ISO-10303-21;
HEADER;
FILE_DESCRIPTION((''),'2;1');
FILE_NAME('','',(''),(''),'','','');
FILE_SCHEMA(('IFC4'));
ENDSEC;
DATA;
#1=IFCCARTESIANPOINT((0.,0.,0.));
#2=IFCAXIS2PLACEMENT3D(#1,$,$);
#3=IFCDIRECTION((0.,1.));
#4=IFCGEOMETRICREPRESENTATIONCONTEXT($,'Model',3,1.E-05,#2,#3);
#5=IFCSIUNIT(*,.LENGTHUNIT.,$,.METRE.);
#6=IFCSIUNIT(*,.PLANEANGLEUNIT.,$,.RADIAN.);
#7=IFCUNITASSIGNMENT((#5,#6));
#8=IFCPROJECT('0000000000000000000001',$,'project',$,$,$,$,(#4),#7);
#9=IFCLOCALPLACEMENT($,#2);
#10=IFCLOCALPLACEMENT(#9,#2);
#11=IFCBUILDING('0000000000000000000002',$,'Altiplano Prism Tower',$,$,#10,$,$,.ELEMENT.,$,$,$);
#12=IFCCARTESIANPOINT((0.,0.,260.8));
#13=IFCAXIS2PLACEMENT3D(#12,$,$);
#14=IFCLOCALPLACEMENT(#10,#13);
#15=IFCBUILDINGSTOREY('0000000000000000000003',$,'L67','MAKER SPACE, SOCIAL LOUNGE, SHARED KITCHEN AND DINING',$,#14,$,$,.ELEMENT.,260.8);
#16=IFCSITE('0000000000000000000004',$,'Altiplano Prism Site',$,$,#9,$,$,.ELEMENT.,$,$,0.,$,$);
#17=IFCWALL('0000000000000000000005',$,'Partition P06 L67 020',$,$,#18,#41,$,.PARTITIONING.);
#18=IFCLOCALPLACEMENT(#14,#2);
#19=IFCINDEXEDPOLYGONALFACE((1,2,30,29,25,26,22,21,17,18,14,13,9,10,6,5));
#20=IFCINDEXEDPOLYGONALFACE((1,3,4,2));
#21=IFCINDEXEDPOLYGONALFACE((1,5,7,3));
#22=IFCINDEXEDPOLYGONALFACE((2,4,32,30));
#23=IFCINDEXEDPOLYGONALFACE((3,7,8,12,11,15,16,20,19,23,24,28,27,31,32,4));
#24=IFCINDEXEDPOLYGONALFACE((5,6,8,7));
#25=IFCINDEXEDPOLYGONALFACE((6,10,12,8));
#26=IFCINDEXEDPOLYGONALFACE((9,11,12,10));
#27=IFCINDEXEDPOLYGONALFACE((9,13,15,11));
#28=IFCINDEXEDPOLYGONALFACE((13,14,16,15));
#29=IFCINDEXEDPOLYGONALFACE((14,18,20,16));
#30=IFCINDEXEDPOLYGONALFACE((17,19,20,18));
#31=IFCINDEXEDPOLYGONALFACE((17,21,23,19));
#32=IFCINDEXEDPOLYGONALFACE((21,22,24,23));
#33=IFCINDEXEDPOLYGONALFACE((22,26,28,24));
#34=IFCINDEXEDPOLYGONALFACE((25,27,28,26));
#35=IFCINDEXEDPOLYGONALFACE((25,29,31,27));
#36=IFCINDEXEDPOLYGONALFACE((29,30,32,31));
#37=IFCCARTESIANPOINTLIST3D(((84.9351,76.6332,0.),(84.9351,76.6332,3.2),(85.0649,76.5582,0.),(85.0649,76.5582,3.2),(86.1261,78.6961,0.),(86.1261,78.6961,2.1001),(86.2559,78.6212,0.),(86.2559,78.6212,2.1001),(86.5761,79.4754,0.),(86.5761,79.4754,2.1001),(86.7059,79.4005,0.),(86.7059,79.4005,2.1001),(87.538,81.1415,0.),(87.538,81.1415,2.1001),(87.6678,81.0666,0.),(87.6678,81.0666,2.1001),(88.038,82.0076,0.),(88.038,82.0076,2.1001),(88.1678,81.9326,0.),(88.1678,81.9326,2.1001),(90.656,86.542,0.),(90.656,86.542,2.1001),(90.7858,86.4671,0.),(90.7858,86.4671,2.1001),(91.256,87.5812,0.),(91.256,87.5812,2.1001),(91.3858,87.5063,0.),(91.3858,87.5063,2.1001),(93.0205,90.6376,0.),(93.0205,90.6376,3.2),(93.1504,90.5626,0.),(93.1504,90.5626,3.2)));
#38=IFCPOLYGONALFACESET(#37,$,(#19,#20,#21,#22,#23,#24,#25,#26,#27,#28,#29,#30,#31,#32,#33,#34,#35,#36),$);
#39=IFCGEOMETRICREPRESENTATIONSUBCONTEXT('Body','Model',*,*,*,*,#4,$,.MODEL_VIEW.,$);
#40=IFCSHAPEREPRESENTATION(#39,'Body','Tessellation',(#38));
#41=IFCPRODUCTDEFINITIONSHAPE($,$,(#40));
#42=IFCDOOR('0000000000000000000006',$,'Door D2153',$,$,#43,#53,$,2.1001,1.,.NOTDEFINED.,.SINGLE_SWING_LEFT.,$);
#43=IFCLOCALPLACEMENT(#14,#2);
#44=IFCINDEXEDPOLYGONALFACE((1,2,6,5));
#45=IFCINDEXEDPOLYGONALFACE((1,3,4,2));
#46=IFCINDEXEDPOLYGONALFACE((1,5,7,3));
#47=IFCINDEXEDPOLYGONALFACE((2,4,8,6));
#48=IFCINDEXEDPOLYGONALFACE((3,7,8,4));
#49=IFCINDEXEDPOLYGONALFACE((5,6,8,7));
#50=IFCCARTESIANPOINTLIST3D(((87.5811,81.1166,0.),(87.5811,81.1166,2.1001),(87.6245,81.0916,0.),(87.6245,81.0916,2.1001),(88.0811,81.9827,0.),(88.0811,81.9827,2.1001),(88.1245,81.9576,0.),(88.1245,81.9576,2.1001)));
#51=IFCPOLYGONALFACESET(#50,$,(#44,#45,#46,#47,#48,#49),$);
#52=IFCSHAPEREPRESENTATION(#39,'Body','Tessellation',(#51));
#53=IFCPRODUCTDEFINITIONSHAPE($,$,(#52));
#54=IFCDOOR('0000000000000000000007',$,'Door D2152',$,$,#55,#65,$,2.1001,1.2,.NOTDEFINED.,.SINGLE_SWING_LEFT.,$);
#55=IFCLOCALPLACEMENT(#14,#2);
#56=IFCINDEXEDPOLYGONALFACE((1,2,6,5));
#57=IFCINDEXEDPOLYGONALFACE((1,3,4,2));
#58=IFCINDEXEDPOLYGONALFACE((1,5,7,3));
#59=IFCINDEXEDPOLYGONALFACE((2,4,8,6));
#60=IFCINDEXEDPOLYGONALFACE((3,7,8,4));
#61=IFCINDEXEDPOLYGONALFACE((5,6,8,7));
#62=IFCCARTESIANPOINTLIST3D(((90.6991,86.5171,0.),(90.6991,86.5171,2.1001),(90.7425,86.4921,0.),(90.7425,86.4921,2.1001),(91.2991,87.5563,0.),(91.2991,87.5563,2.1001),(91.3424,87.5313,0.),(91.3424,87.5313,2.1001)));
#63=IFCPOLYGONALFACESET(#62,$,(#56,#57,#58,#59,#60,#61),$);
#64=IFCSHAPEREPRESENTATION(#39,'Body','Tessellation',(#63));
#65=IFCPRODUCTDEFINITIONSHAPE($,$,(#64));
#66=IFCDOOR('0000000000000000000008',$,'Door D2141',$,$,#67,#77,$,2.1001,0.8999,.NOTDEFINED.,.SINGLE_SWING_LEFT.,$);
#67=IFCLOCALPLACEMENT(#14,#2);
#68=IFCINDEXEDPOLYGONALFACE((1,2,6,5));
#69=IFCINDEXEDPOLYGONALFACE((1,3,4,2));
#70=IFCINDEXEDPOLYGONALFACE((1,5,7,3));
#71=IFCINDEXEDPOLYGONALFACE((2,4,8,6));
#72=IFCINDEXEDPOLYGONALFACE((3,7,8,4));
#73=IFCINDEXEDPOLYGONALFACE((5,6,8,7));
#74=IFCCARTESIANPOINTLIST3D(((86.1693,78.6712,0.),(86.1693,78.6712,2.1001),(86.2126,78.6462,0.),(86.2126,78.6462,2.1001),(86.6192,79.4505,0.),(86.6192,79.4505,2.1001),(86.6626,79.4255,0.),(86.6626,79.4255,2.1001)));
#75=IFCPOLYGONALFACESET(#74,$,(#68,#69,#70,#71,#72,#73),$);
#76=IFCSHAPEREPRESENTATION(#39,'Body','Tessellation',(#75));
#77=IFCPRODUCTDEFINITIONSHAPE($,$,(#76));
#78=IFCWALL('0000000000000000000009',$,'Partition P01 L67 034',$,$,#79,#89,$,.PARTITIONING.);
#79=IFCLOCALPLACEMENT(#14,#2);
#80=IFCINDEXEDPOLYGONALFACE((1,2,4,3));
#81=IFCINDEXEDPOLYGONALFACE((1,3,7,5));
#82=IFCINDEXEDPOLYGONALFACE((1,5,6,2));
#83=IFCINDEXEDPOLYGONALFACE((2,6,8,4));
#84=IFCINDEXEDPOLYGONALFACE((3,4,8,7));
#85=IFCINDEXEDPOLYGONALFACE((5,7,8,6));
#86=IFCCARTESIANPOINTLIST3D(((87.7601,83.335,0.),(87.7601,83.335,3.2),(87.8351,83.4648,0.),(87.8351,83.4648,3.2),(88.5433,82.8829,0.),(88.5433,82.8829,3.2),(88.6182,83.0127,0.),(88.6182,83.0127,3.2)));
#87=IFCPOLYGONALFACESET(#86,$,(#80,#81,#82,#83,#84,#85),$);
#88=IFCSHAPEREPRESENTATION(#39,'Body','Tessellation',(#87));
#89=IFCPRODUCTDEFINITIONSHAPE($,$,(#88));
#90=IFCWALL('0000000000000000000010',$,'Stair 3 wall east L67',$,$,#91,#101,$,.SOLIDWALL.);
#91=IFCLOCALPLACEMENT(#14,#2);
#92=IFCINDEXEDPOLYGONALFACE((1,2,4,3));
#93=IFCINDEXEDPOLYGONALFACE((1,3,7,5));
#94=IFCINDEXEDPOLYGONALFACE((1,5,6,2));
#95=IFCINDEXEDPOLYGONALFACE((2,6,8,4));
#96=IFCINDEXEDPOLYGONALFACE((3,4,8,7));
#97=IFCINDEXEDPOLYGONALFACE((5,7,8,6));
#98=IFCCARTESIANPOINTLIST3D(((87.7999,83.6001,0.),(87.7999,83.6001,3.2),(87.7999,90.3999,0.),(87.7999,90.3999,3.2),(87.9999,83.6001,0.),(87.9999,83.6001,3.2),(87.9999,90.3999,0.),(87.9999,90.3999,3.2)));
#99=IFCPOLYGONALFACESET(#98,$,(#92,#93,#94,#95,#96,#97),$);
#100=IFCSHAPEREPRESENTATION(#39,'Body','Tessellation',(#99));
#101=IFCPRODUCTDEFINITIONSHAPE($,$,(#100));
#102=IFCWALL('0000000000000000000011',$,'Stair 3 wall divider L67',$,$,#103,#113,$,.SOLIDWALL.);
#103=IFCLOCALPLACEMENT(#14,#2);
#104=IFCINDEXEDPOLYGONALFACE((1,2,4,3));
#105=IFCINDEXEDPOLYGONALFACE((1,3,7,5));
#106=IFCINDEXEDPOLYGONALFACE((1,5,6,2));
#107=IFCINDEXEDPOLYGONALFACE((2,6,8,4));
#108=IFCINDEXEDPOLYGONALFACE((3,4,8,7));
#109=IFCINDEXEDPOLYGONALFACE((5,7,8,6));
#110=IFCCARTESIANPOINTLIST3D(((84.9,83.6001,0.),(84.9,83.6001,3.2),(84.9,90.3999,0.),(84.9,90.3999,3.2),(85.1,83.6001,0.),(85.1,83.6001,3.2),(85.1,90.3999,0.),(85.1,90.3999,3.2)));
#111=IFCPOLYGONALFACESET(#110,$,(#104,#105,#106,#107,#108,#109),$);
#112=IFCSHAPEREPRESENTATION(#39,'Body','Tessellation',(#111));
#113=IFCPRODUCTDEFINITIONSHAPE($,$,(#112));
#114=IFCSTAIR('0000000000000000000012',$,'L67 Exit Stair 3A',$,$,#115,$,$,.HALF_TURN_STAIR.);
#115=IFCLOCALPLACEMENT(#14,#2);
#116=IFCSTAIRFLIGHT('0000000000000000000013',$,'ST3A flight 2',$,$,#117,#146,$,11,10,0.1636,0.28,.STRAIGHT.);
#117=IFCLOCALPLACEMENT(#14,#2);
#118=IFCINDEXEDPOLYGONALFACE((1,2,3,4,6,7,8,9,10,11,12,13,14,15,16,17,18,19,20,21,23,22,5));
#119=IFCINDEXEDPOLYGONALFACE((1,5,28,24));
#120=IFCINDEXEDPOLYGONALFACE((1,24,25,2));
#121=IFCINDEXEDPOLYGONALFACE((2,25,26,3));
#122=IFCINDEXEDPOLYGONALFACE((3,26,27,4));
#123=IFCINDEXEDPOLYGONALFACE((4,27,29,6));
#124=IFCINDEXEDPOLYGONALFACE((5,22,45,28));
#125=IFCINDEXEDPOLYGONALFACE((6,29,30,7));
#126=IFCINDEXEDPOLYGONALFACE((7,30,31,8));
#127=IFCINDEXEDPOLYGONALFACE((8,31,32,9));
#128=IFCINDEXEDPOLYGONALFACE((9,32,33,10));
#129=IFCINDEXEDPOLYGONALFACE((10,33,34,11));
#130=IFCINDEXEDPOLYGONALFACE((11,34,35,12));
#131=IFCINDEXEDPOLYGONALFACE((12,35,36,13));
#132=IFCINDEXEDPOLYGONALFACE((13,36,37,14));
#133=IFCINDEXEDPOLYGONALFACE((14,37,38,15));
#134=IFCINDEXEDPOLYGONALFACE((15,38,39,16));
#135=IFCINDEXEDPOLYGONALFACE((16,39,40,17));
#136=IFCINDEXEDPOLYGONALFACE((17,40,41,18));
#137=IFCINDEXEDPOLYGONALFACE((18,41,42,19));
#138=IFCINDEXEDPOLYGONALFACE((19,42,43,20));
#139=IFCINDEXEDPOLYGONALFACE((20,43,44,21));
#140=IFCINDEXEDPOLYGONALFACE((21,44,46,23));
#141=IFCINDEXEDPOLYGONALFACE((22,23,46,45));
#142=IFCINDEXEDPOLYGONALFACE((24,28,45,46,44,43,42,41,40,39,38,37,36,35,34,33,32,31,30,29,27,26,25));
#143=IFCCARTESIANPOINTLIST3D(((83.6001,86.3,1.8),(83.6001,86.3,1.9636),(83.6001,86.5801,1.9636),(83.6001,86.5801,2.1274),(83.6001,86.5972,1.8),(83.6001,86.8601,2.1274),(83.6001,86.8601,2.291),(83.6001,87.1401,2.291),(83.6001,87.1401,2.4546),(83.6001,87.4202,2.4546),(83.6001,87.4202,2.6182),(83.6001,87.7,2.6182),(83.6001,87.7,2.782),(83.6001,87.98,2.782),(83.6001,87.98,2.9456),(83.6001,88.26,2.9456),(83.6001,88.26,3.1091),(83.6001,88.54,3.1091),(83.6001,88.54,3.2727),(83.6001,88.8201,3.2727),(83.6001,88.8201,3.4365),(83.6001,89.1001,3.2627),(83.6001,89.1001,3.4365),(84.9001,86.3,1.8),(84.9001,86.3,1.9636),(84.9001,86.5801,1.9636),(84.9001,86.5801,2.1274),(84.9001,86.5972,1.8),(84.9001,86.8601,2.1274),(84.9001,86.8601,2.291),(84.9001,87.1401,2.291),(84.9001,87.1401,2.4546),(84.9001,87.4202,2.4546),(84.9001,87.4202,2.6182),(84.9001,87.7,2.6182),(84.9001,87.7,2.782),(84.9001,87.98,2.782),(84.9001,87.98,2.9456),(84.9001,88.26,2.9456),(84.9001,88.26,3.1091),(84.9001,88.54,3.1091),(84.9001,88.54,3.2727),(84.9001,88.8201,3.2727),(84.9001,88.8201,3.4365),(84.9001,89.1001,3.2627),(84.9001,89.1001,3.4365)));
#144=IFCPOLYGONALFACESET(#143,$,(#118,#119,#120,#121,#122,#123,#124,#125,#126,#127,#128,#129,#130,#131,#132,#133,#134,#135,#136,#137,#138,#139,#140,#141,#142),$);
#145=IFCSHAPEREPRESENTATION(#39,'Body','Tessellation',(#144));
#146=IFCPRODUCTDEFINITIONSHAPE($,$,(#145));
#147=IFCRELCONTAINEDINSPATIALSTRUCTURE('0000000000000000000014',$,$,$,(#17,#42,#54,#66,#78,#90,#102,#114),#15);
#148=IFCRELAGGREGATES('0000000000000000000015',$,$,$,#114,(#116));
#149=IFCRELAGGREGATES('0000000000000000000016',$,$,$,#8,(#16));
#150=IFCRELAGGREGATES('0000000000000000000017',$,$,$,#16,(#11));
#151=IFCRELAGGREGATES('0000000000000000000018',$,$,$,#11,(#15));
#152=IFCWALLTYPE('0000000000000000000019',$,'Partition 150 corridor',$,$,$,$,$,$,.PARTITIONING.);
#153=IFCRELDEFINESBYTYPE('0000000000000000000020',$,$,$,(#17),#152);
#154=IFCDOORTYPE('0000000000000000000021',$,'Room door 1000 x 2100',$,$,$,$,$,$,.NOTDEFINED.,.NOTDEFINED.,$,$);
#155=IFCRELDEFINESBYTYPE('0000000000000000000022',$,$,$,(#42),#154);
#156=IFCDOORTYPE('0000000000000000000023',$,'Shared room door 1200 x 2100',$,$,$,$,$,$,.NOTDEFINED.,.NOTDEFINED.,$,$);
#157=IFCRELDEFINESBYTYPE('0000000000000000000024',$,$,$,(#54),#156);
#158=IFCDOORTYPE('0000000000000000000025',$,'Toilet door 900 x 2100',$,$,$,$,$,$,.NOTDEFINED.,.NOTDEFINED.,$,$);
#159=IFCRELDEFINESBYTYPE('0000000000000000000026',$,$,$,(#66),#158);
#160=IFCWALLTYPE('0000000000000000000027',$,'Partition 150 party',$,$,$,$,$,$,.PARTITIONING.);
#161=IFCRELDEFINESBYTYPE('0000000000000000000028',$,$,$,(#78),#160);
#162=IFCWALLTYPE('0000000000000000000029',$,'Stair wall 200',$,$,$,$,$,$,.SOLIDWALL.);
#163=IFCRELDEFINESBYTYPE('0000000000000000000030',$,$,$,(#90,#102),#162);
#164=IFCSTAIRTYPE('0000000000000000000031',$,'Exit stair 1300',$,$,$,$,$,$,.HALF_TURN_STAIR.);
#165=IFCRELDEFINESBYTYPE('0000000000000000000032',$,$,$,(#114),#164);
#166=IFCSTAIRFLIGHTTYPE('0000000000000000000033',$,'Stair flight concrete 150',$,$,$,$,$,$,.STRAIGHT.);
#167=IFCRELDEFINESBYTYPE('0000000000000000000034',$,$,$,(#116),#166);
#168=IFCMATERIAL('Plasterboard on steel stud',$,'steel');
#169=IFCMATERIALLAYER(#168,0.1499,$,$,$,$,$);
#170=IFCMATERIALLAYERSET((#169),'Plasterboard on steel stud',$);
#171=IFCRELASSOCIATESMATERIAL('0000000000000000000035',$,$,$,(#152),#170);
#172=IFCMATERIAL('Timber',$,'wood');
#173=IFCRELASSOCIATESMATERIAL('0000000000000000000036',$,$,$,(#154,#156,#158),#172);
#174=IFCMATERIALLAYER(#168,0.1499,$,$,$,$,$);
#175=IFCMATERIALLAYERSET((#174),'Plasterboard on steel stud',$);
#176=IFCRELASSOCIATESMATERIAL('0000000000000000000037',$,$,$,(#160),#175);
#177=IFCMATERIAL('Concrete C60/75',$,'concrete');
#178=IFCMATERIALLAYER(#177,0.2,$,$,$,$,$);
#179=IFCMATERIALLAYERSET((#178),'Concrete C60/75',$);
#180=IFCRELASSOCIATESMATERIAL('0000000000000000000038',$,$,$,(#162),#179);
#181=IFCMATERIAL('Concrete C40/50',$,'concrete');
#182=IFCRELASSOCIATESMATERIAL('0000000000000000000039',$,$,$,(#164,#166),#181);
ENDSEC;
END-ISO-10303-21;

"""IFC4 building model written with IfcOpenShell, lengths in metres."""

from ifc_helpers import new_model, si_unit, direction, frame, frame_2d, origin, place, context, subcontext, project, spatial, polyline, rectangle, outline, extrude, material, layer, layer_set, type_object, element, fill, aggregate, save


model = new_model("IFC4")

# Units and contexts
model_context = context("Model", 3, precision=1e-05, world=origin(), true_north=direction((0.0, 1.0)))
body_context = subcontext(model_context, "Body", "Model", "MODEL_VIEW")
ifc_project = project(units=[si_unit("LENGTHUNIT", "METRE"), si_unit("PLANEANGLEUNIT", "RADIAN")], contexts=[model_context])

# Site, building, storey
site_placement = place(None, origin())
site = spatial("IfcSite", under=ifc_project, at=site_placement, Name="Altiplano Prism Site", CompositionType="ELEMENT", RefElevation=0.0)
building_placement = place(site_placement, origin())
building = spatial("IfcBuilding", under=site, at=building_placement, Name="Altiplano Prism Tower", CompositionType="ELEMENT")
storey_placement = place(building_placement, frame((0.0, 0.0, 260.8)))
storey = spatial("IfcBuildingStorey", under=building, at=storey_placement, Name="L67", Description="MAKER SPACE, SOCIAL LOUNGE, SHARED KITCHEN AND DINING", CompositionType="ELEMENT", Elevation=260.8)

# Shared definitions
ifc_material_1 = material(Name="Concrete C60/75", Category="concrete")

# Shared definitions
ifc_material_2 = material(Name="Plasterboard on steel stud", Category="steel")
ifc_layer_1 = layer(ifc_material_2, 0.1499)
ifc_layer_set_1 = layer_set([ifc_layer_1], Name="Plasterboard on steel stud")
wall_type_1 = type_object("IfcWallType", Name="Partition 150 corridor", PredefinedType="PARTITIONING", material=ifc_layer_set_1)

# Wall, openings, doors
wall_1_placement = place(storey_placement, frame((93.0854, 90.6001, 0.0), z_axis=(0.0, 0.0, 1.0), x_axis=(-0.5, -0.866025, 0.0)))
wall_1 = element("IfcWall", 1, at=wall_1_placement, inside=storey, type_object=wall_type_1, Name="Partition P06 L67 020", PredefinedType="PARTITIONING", context=body_context, shape_type="SweptSolid", body=[
    extrude(rectangle(XDim=16.1709, YDim=0.1499, at=frame_2d((8.0854, 0.0))), origin(), (0.0, 0.0, 1.0), 3.2),
])
opening_1_placement = place(wall_1_placement, frame((12.8889, 0.0, 0.0)))
opening_1 = element("IfcOpeningElement", 2, at=opening_1_placement, cuts=wall_1, PredefinedType="OPENING", context=body_context, shape_type="SweptSolid", body=[
    extrude(rectangle(XDim=0.8999, YDim=2.1001, at=frame_2d((0.45, 1.05))), frame((0.0, 0.0854, 0.0), z_axis=(0.0, -1.0, 0.0), x_axis=(1.0, 0.0, 0.0)), (0.0, 0.0, 1.0), 0.1709),
])
opening_2_placement = place(wall_1_placement, frame((3.5291, 0.0, 0.0)))
opening_2 = element("IfcOpeningElement", 3, at=opening_2_placement, cuts=wall_1, PredefinedType="OPENING", context=body_context, shape_type="SweptSolid", body=[
    extrude(rectangle(XDim=1.2, YDim=2.1001, at=frame_2d((0.6001, 1.05))), frame((0.0, 0.0854, 0.0), z_axis=(0.0, -1.0, 0.0), x_axis=(1.0, 0.0, 0.0)), (0.0, 0.0, 1.0), 0.1709),
])
opening_3_placement = place(wall_1_placement, frame((9.9651, 0.0, 0.0)))
opening_3 = element("IfcOpeningElement", 4, at=opening_3_placement, cuts=wall_1, PredefinedType="OPENING", context=body_context, shape_type="SweptSolid", body=[
    extrude(rectangle(XDim=1.0, YDim=2.1001, at=frame_2d((0.5, 1.05))), frame((0.0, 0.0854, 0.0), z_axis=(0.0, -1.0, 0.0), x_axis=(1.0, 0.0, 0.0)), (0.0, 0.0, 1.0), 0.1709),
])
ifc_material_3 = material(Name="Timber", Category="wood")
door_type_1 = type_object("IfcDoorType", Name="Room door 1000 x 2100", OperationType="NOTDEFINED", PredefinedType="NOTDEFINED", material=ifc_material_3)
door_1_placement = place(opening_3_placement, origin())
door_1 = element("IfcDoor", 5, at=door_1_placement, inside=storey, type_object=door_type_1, Name="Door D2153", OperationType="SINGLE_SWING_LEFT", OverallHeight=2.1001, OverallWidth=1.0, PredefinedType="NOTDEFINED", context=body_context, shape_type="SweptSolid", body=[
    extrude(rectangle(XDim=1.0, YDim=2.1001, at=frame_2d((0.5, 1.05))), frame((0.0, 0.0249, 0.0), z_axis=(0.0, -1.0, 0.0), x_axis=(1.0, 0.0, 0.0)), (0.0, 0.0, 1.0), 0.05),
])
fill(opening_3, door_1)
door_type_2 = type_object("IfcDoorType", Name="Shared room door 1200 x 2100", OperationType="NOTDEFINED", PredefinedType="NOTDEFINED", material=ifc_material_3)
door_2_placement = place(opening_2_placement, origin())
door_2 = element("IfcDoor", 6, at=door_2_placement, inside=storey, type_object=door_type_2, Name="Door D2152", OperationType="SINGLE_SWING_LEFT", OverallHeight=2.1001, OverallWidth=1.2, PredefinedType="NOTDEFINED", context=body_context, shape_type="SweptSolid", body=[
    extrude(rectangle(XDim=1.2, YDim=2.1001, at=frame_2d((0.6001, 1.05))), frame((0.0, 0.0249, 0.0), z_axis=(0.0, -1.0, 0.0), x_axis=(1.0, 0.0, 0.0)), (0.0, 0.0, 1.0), 0.05),
])
fill(opening_2, door_2)
door_type_3 = type_object("IfcDoorType", Name="Toilet door 900 x 2100", OperationType="NOTDEFINED", PredefinedType="NOTDEFINED", material=ifc_material_3)
door_3_placement = place(opening_1_placement, origin())
door_3 = element("IfcDoor", 7, at=door_3_placement, inside=storey, type_object=door_type_3, Name="Door D2141", OperationType="SINGLE_SWING_LEFT", OverallHeight=2.1001, OverallWidth=0.8999, PredefinedType="NOTDEFINED", context=body_context, shape_type="SweptSolid", body=[
    extrude(rectangle(XDim=0.8999, YDim=2.1001, at=frame_2d((0.45, 1.05))), frame((0.0, 0.0249, 0.0), z_axis=(0.0, -1.0, 0.0), x_axis=(1.0, 0.0, 0.0)), (0.0, 0.0, 1.0), 0.05),
])
fill(opening_1, door_3)

# Walls
ifc_layer_2 = layer(ifc_material_2, 0.1499)
ifc_layer_set_2 = layer_set([ifc_layer_2], Name="Plasterboard on steel stud")
wall_type_2 = type_object("IfcWallType", Name="Partition 150 party", PredefinedType="PARTITIONING", material=ifc_layer_set_2)
wall_2_placement = place(storey_placement, frame((87.7976, 83.3999, 0.0), z_axis=(0.0, 0.0, 1.0), x_axis=(0.866042, -0.499972, 0.0)))
element("IfcWall", 8, at=wall_2_placement, inside=storey, type_object=wall_type_2, Name="Partition P01 L67 034", PredefinedType="PARTITIONING", context=body_context, shape_type="SweptSolid", body=[
    extrude(rectangle(XDim=0.9043, YDim=0.1499, at=frame_2d((0.4521, 0.0))), origin(), (0.0, 0.0, 1.0), 3.2),
])
ifc_layer_3 = layer(ifc_material_1, 0.2)
ifc_layer_set_3 = layer_set([ifc_layer_3], Name="Concrete C60/75")
wall_type_3 = type_object("IfcWallType", Name="Stair wall 200", PredefinedType="SOLIDWALL", material=ifc_layer_set_3)
for number, where, z_axis, x_axis, name in (
    (9, (87.8999, 83.6001, 0.0), (0.0, 0.0, 1.0), (0.0, 1.0, 0.0), "Stair 3 wall east L67"),
    (10, (85.0, 83.6001, 0.0), (0.0, 0.0, 1.0), (0.0, 1.0, 0.0), "Stair 3 wall divider L67"),
):
    element("IfcWall", number, at=place(storey_placement, frame(where, z_axis=z_axis, x_axis=x_axis)), inside=storey, type_object=wall_type_3, Name=name, PredefinedType="SOLIDWALL", context=body_context, shape_type="SweptSolid", body=[
        extrude(rectangle(XDim=6.7998, YDim=0.2, at=frame_2d((3.3999, 0.0))), origin(), (0.0, 0.0, 1.0), 3.2),
    ])

# Stair, stair flight
ifc_material_4 = material(Name="Concrete C40/50", Category="concrete")
stair_type = type_object("IfcStairType", Name="Exit stair 1300", PredefinedType="HALF_TURN_STAIR", material=ifc_material_4)
stair_1_placement = place(storey_placement, origin())
stair_1 = element("IfcStair", 11, at=stair_1_placement, inside=storey, type_object=stair_type, Name="L67 Exit Stair 3A", PredefinedType="HALF_TURN_STAIR")
stair_flight_type = type_object("IfcStairFlightType", Name="Stair flight concrete 150", PredefinedType="STRAIGHT", material=ifc_material_4)
stair_flight_1_placement = place(storey_placement, frame((84.25, 86.3, 1.8), z_axis=(0.0, 0.0, 1.0), x_axis=(0.0, 1.0, 0.0)))
stair_flight_1 = element("IfcStairFlight", 12, at=stair_flight_1_placement, type_object=stair_flight_type, Name="ST3A flight 2", NumberOfRisers=11, NumberOfTreads=10, PredefinedType="STRAIGHT", RiserHeight=0.1636, TreadLength=0.28, context=body_context, shape_type="SweptSolid", body=[
    extrude(outline(polyline([(0.0, 0.0), (0.0, 0.1636), (0.28, 0.1636), (0.28, 0.3274), (0.5601, 0.3274), (0.5601, 0.491), (0.8401, 0.491), (0.8401, 0.6545), (1.1201, 0.6545), (1.1201, 0.8181), (1.3999, 0.8181), (1.3999, 0.9819), (1.6799, 0.9819), (1.6799, 1.1455), (1.96, 1.1455), (1.96, 1.3091), (2.24, 1.3091), (2.24, 1.4727), (2.52, 1.4727), (2.52, 1.6365), (2.8, 1.6365), (2.8, 1.8), (2.8, 1.4626), (0.2971, 0.0), (0.0, 0.0)])), frame((0.0, 0.6499, 0.0), z_axis=(0.0, -1.0, 0.0), x_axis=(1.0, 0.0, 0.0)), (0.0, 0.0, 1.0), 1.3),
])
aggregate(stair_1, [stair_flight_1])

save(model, "model.ifc")
